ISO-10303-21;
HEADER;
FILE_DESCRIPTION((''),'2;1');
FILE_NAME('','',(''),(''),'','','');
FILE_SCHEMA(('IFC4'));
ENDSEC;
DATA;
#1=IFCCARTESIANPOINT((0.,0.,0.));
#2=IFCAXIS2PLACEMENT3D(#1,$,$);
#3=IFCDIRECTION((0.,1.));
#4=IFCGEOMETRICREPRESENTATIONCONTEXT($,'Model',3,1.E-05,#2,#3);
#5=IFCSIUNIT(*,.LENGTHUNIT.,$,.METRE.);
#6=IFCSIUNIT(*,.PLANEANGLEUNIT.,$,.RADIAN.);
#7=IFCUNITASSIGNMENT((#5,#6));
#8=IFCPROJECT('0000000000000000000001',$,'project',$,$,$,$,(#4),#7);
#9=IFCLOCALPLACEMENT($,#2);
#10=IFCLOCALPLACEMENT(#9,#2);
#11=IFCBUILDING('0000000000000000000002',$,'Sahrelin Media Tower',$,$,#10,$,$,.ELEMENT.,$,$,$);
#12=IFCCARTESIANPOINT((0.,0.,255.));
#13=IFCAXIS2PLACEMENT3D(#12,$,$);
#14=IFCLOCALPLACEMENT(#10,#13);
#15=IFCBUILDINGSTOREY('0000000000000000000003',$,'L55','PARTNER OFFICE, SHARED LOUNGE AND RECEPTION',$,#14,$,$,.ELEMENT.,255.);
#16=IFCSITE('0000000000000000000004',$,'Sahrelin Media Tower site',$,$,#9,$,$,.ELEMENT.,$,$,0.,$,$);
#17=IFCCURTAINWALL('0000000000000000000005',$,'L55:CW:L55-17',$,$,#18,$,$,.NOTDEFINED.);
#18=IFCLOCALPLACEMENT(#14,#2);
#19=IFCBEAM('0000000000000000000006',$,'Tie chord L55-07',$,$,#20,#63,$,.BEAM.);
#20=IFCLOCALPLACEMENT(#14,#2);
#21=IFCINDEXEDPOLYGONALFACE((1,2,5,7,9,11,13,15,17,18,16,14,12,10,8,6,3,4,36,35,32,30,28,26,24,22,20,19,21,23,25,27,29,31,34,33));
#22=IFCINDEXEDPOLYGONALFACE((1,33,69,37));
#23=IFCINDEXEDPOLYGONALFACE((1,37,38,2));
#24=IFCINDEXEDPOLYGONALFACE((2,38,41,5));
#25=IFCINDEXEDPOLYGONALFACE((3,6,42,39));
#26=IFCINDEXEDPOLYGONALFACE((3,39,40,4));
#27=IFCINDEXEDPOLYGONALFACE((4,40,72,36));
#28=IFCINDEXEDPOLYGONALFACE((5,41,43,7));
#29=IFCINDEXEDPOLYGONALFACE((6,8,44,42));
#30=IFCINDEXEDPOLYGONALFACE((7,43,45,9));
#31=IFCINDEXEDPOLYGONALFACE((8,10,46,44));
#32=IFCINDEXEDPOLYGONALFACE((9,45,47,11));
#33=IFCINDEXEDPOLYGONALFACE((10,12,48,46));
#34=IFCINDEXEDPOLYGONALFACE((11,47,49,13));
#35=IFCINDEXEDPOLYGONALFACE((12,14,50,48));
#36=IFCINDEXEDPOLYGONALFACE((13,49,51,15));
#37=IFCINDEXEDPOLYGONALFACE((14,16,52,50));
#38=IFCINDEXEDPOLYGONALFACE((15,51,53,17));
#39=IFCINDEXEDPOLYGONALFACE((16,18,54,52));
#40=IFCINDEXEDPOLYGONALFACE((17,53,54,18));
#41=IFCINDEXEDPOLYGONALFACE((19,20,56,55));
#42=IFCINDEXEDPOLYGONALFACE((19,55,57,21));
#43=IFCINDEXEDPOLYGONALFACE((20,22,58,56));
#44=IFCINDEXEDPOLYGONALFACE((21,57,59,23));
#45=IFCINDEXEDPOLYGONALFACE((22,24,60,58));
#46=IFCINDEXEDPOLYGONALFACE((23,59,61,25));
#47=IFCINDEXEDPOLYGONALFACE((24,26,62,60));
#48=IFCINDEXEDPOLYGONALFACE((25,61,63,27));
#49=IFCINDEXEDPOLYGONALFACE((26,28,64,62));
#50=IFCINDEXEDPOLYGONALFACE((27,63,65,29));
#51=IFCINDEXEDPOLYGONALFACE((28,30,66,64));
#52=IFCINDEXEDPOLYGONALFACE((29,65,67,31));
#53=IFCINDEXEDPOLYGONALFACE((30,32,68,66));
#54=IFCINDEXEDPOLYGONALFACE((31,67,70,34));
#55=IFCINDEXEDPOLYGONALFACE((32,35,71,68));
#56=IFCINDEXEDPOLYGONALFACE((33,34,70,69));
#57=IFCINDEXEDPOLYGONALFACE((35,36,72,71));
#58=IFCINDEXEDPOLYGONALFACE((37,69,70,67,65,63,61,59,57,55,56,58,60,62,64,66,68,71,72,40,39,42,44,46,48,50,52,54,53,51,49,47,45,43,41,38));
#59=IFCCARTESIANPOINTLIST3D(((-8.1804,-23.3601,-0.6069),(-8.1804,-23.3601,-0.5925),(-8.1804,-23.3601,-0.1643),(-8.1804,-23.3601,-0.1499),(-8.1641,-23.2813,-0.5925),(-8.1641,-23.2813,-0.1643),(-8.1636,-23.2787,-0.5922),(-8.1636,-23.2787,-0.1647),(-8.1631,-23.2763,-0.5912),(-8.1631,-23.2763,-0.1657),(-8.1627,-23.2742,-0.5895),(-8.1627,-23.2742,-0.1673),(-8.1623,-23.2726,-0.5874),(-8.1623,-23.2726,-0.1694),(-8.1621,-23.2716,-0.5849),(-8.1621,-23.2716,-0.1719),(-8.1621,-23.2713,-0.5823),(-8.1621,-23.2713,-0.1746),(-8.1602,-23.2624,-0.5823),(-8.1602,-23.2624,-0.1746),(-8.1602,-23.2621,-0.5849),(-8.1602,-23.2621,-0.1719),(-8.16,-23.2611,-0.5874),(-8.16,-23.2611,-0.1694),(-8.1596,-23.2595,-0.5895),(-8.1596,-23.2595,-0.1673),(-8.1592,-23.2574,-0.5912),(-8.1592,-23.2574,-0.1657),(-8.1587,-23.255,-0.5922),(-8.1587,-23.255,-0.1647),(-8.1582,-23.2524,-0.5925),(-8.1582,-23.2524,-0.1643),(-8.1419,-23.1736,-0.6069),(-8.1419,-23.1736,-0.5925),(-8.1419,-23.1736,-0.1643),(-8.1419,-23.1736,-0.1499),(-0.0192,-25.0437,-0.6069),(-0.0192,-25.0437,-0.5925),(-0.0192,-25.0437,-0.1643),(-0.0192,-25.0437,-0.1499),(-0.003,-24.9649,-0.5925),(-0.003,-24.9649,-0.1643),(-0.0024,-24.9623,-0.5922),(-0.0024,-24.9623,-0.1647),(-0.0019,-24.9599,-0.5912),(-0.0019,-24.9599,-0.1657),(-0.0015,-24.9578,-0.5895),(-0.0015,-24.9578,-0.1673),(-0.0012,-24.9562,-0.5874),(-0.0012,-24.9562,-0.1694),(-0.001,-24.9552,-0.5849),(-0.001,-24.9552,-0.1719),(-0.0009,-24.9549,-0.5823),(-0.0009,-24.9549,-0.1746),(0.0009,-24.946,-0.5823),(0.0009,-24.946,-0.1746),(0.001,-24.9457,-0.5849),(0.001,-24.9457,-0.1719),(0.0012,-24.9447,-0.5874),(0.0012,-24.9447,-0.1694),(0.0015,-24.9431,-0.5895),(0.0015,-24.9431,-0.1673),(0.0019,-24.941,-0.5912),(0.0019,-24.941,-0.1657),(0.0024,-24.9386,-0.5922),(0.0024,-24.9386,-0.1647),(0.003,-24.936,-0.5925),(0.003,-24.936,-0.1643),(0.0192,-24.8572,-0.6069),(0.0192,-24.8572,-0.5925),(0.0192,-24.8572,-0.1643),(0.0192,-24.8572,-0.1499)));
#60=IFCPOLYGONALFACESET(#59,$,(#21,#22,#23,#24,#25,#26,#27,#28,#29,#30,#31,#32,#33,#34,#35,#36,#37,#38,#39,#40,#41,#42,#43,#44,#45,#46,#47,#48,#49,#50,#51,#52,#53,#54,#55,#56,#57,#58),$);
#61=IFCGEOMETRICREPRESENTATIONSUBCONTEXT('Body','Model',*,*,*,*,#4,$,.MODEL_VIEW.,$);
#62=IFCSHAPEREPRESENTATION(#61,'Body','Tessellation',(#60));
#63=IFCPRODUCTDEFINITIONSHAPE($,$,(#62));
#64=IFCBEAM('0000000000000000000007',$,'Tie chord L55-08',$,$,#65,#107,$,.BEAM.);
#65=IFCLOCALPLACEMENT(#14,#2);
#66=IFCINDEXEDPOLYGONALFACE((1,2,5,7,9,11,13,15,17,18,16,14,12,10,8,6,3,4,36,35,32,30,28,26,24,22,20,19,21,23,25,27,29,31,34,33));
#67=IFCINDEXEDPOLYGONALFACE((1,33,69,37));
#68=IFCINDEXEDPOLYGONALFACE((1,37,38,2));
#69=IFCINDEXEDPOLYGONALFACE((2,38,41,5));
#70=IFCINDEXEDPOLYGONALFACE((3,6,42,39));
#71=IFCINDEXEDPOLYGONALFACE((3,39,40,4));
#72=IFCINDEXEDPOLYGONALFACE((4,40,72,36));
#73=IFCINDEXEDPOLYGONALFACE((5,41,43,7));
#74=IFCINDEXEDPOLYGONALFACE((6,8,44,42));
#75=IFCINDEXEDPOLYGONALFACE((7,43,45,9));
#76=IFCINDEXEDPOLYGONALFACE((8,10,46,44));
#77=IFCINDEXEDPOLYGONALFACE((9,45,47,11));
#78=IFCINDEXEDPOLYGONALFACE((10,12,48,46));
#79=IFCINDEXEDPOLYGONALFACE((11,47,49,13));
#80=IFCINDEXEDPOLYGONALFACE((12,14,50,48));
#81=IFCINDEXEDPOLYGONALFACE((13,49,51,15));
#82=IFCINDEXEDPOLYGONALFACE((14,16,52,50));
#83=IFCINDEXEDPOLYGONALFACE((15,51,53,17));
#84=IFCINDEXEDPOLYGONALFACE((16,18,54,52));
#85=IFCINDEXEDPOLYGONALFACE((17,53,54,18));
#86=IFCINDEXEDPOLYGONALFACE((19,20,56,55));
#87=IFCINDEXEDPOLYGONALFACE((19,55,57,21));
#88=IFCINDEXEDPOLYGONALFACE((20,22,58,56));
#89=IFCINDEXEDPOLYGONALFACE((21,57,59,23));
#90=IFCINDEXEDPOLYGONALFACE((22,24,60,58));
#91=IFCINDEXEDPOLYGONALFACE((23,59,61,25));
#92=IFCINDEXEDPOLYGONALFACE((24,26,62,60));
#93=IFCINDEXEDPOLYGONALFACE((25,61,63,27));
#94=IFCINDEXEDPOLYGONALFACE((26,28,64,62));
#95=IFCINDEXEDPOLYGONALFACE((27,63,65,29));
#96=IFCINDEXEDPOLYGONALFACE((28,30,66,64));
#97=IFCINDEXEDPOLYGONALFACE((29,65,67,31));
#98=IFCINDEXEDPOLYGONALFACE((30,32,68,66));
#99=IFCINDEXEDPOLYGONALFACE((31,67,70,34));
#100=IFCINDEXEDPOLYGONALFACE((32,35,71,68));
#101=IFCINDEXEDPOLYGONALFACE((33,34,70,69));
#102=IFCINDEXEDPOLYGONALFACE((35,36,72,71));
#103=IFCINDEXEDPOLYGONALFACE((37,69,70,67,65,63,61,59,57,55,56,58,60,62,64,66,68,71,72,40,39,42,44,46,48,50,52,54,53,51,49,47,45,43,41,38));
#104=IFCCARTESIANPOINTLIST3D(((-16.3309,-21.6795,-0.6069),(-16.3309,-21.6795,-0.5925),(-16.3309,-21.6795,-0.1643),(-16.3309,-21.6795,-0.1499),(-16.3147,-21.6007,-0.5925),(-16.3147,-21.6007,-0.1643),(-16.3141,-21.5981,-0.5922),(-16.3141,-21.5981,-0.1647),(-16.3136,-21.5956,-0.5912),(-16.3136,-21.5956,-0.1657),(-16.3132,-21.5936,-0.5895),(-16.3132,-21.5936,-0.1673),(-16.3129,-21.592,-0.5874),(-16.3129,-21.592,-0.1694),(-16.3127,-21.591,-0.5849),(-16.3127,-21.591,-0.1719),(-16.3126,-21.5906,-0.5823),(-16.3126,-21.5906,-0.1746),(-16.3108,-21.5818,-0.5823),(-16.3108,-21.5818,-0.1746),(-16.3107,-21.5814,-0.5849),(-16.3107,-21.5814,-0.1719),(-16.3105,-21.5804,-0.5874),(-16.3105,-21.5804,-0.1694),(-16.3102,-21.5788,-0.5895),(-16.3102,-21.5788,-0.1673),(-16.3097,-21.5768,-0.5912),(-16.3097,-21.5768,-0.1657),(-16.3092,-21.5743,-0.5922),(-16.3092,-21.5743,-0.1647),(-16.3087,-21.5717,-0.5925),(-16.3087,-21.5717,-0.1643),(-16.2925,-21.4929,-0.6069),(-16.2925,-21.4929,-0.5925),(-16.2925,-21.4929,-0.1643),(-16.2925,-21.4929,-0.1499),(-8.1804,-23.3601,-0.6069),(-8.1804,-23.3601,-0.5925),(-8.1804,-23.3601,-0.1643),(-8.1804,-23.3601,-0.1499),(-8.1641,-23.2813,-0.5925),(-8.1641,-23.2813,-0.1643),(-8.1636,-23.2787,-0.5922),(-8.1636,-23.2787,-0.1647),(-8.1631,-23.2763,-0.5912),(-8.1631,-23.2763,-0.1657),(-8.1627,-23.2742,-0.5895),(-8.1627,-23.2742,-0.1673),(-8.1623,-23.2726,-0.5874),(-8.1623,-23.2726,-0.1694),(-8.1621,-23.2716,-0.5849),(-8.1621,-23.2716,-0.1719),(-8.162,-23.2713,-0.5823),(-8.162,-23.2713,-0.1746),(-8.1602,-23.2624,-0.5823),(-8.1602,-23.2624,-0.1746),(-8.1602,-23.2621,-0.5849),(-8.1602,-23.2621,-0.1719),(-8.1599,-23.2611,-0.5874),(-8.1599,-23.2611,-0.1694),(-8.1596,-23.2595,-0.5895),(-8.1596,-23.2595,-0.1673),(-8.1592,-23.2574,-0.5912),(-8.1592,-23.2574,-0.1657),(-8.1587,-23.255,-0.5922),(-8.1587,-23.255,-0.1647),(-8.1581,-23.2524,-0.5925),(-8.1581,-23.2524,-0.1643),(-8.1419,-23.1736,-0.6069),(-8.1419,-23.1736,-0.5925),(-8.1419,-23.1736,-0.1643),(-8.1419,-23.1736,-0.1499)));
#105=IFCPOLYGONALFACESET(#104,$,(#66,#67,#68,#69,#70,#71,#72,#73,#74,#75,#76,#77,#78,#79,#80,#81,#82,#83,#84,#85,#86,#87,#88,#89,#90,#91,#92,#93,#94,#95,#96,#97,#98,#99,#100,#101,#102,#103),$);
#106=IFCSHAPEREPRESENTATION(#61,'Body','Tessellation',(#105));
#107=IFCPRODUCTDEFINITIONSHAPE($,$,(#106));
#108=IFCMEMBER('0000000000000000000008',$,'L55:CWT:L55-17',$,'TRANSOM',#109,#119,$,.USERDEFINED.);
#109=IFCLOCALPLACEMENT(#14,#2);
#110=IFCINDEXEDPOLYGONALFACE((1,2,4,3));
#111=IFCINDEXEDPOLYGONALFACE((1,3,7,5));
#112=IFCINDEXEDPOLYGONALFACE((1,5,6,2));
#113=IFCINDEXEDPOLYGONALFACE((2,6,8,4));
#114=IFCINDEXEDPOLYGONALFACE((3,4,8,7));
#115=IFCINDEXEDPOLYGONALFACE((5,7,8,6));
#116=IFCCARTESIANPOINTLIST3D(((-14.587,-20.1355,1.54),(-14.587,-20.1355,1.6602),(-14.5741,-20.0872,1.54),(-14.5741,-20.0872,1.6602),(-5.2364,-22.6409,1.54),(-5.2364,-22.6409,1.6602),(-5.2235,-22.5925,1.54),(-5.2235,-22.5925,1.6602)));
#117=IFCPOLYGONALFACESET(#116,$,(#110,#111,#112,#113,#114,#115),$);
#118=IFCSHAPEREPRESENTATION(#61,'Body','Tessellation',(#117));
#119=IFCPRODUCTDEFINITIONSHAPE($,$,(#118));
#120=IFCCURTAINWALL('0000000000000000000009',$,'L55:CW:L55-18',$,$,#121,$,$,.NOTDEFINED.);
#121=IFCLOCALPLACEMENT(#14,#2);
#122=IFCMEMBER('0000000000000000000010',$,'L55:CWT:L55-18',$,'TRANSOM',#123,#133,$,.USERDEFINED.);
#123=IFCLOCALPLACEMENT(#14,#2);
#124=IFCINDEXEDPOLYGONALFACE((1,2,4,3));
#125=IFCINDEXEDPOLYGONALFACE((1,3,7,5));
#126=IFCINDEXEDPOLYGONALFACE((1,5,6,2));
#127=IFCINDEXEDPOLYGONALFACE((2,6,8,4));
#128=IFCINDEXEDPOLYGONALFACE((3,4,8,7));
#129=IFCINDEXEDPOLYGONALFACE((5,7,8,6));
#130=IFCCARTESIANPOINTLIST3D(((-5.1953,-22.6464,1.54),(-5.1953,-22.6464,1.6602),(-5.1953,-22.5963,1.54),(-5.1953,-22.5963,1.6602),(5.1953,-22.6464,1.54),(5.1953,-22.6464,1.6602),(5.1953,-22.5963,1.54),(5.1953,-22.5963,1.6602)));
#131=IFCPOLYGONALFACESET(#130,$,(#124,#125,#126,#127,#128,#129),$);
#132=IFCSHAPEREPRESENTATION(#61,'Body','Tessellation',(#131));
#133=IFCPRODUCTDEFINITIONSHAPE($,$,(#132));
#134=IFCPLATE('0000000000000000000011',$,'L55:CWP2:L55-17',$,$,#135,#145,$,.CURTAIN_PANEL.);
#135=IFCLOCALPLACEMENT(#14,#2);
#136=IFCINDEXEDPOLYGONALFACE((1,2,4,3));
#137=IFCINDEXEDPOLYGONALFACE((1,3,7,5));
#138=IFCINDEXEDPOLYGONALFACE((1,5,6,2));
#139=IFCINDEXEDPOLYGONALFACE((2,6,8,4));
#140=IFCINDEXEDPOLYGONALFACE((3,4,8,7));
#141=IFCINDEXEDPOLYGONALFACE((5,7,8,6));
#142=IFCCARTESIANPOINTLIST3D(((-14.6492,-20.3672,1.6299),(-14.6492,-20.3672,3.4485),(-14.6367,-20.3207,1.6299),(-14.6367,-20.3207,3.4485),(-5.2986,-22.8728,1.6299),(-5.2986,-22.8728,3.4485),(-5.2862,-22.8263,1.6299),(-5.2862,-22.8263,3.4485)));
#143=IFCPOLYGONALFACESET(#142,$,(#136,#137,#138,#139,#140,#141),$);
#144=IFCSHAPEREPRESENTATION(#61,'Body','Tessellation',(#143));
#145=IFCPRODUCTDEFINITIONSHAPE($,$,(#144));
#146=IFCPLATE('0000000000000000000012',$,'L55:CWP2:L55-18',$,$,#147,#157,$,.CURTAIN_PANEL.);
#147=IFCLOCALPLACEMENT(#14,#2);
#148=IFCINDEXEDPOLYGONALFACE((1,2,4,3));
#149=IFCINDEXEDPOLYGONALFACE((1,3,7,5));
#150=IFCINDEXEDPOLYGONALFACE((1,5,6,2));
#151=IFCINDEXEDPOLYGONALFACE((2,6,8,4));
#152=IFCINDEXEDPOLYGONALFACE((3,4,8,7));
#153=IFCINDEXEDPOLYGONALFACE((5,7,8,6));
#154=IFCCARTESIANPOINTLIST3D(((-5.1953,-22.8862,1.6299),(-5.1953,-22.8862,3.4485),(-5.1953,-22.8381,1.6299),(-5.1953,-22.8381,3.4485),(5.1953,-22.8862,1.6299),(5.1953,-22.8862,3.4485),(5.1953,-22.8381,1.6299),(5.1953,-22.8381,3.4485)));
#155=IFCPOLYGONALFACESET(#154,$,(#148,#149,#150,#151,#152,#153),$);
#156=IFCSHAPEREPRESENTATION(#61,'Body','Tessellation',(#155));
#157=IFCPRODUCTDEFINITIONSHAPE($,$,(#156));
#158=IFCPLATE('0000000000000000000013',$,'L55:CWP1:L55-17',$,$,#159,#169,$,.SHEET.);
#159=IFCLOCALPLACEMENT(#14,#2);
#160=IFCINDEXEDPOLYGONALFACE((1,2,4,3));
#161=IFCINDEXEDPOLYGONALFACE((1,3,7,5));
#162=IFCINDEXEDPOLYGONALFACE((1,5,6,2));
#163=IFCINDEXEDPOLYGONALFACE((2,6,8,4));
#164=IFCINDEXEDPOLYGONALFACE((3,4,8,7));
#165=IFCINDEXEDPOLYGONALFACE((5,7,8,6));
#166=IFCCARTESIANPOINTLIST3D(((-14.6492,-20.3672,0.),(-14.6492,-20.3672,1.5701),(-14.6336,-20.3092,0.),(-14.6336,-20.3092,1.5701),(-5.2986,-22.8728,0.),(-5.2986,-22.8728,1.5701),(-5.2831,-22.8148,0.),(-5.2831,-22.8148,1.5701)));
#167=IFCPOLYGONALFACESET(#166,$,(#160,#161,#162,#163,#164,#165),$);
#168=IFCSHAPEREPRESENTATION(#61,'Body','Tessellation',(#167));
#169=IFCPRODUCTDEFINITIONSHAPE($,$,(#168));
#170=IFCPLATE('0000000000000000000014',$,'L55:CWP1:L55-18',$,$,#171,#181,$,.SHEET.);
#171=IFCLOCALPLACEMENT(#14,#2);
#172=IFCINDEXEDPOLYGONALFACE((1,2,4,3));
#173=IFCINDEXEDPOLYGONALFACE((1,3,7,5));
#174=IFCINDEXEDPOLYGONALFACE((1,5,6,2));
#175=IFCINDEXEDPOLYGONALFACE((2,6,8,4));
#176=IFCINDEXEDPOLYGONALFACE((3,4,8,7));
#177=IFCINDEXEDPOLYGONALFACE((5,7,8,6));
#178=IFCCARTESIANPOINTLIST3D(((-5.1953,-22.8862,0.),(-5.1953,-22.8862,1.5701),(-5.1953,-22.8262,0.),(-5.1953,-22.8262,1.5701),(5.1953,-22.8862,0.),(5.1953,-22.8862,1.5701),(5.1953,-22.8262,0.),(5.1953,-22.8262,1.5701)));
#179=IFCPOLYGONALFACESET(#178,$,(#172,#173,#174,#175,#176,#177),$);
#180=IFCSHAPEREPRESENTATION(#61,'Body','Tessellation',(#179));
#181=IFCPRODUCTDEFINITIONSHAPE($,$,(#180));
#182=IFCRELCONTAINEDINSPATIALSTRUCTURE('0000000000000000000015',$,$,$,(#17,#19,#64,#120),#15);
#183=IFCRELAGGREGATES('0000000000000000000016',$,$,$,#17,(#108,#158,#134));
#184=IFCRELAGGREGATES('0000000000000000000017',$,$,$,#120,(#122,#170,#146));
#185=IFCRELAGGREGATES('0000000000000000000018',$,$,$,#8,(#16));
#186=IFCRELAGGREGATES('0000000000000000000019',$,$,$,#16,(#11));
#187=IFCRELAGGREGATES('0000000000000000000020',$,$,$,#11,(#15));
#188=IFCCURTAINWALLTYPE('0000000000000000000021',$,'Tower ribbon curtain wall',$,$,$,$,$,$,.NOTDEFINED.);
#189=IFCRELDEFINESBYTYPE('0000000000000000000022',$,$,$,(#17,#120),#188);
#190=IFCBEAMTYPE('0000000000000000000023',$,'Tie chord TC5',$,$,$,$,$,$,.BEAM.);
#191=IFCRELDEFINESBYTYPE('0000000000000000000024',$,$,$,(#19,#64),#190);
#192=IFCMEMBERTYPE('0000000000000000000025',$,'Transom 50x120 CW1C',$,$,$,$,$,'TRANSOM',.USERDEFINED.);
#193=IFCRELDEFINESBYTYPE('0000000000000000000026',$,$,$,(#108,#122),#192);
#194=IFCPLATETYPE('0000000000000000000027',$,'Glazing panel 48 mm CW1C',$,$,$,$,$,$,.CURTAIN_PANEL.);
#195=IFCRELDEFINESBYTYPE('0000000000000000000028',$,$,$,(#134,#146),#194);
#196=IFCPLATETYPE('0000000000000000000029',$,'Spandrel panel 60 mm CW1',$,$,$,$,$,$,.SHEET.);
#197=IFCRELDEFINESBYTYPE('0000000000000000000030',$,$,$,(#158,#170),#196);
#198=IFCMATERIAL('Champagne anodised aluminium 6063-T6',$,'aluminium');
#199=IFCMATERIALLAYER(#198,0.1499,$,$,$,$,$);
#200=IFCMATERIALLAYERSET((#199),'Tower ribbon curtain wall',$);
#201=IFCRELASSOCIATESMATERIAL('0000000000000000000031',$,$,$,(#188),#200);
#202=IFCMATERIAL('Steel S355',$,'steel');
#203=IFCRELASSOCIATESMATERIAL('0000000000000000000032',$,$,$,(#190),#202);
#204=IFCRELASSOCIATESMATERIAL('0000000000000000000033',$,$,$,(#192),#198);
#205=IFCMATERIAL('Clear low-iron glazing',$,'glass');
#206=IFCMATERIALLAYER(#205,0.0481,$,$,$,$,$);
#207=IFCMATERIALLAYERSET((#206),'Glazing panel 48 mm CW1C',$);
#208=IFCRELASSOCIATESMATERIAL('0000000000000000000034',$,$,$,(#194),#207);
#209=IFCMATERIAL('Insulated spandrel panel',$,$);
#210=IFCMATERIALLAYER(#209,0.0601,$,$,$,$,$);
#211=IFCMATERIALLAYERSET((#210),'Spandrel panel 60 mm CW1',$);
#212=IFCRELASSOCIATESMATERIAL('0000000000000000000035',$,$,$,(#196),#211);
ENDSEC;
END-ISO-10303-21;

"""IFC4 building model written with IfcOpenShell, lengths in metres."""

from ifc_helpers import new_model, si_unit, direction, frame, origin, origin_2d, place, context, subcontext, project, spatial, polyline, rectangle, i_section, outline, extrude, material, layer, layer_set, material_profile, profile_set, type_object, element, aggregate, save


model = new_model("IFC4")

# Units and contexts
model_context = context("Model", 3, precision=1e-05, world=origin(), true_north=direction((0.0, 1.0)))
body_context = subcontext(model_context, "Body", "Model", "MODEL_VIEW")
ifc_project = project(units=[si_unit("LENGTHUNIT", "METRE"), si_unit("PLANEANGLEUNIT", "RADIAN")], contexts=[model_context])

# Site, building, storey
site_placement = place(None, origin())
site = spatial("IfcSite", under=ifc_project, at=site_placement, Name="Sahrelin Media Tower site", CompositionType="ELEMENT", RefElevation=0.0)
building_placement = place(site_placement, origin())
building = spatial("IfcBuilding", under=site, at=building_placement, Name="Sahrelin Media Tower", CompositionType="ELEMENT")
storey_placement = place(building_placement, frame((0.0, 0.0, 255.0)))
storey = spatial("IfcBuildingStorey", under=building, at=storey_placement, Name="L55", Description="PARTNER OFFICE, SHARED LOUNGE AND RECEPTION", CompositionType="ELEMENT", Elevation=255.0)

# Shared definitions
ifc_material_1 = material(Name="Steel S355", Category="steel")

# Curtain wall
ifc_material_2 = material(Name="Champagne anodised aluminium 6063-T6", Category="aluminium")
ifc_layer_1 = layer(ifc_material_2, 0.1499)
ifc_layer_set_1 = layer_set([ifc_layer_1], Name="Tower ribbon curtain wall")
curtain_wall_type = type_object("IfcCurtainWallType", Name="Tower ribbon curtain wall", PredefinedType="NOTDEFINED", material=ifc_layer_set_1)
curtain_wall_1_placement = place(storey_placement, frame((-9.9688, -21.6006, 0.0), z_axis=(0.0, 0.0, 1.0), x_axis=(1.0, 0.0, 0.0)))
curtain_wall_1 = element("IfcCurtainWall", 1, at=curtain_wall_1_placement, inside=storey, type_object=curtain_wall_type, Name="L55:CW:L55-17", PredefinedType="NOTDEFINED")

# Beams
ifc_material_profile_1 = material_profile(ifc_material_1, i_section(OverallWidth=0.1904, OverallDepth=0.457, WebThickness=0.009, FlangeThickness=0.0144, FilletRadius=0.0103, at=origin_2d()), Name="UB 457x191x74")
ifc_profile_set_1 = profile_set([ifc_material_profile_1], Name="Steel S355")
beam_type_1 = type_object("IfcBeamType", Name="Tie chord TC5", PredefinedType="BEAM", material=ifc_profile_set_1)
beam_1_placement = place(storey_placement, frame((0.0, -24.9504, -0.3784), z_axis=(-0.979377, 0.20204, 0.0), x_axis=(-0.20204, -0.979377, 0.0)))
element("IfcBeam", 2, at=beam_1_placement, inside=storey, type_object=beam_type_1, Name="Tie chord L55-07", PredefinedType="BEAM", context=body_context, shape_type="SweptSolid", body=[
    extrude(i_section(OverallWidth=0.1904, OverallDepth=0.457, WebThickness=0.009, FlangeThickness=0.0144, FilletRadius=0.0103, at=origin_2d()), origin(), (0.0, 0.0, 1.0), 8.333),
])
beam_2_placement = place(storey_placement, frame((-8.1611, -23.2668, -0.3784), z_axis=(-0.979395, 0.201952, 0.0), x_axis=(-0.201952, -0.979395, 0.0)))
element("IfcBeam", 3, at=beam_2_placement, inside=storey, type_object=beam_type_1, Name="Tie chord L55-08", PredefinedType="BEAM", context=body_context, shape_type="SweptSolid", body=[
    extrude(i_section(OverallWidth=0.1904, OverallDepth=0.457, WebThickness=0.009, FlangeThickness=0.0144, FilletRadius=0.0103, at=origin_2d()), origin(), (0.0, 0.0, 1.0), 8.322),
])

# Member
ifc_material_profile_2 = material_profile(ifc_material_2, rectangle(XDim=0.05, YDim=0.1201, at=origin_2d()), Name="Transom 50x120")
ifc_profile_set_2 = profile_set([ifc_material_profile_2], Name="Champagne anodised aluminium 6063-T6")
member_type_1 = type_object("IfcMemberType", Name="Transom 50x120 CW1C", ElementType="TRANSOM", PredefinedType="USERDEFINED", material=ifc_profile_set_2)
member_1_placement = place(storey_placement, frame((-14.5806, -20.1113, 1.6001), z_axis=(0.965929, -0.258808, 0.0), x_axis=(0.258808, 0.965929, 0.0)))
member_1 = element("IfcMember", 4, at=member_1_placement, type_object=member_type_1, Name="L55:CWT:L55-17", ObjectType="TRANSOM", PredefinedType="USERDEFINED", context=body_context, shape_type="SweptSolid", body=[
    extrude(rectangle(XDim=0.05, YDim=0.1201, at=origin_2d()), origin(), (0.0, 0.0, 1.0), 9.6804),
])

# Curtain wall, member
curtain_wall_2_placement = place(storey_placement, frame((0.0, -22.8662, 0.0), z_axis=(0.0, 0.0, 1.0), x_axis=(1.0, 0.0, 0.0)))
curtain_wall_2 = element("IfcCurtainWall", 5, at=curtain_wall_2_placement, inside=storey, type_object=curtain_wall_type, Name="L55:CW:L55-18", PredefinedType="NOTDEFINED")
member_2_placement = place(storey_placement, frame((-5.1953, -22.6213, 1.6001), z_axis=(1.0, 0.0, 0.0), x_axis=(0.0, 1.0, 0.0)))
member_2 = element("IfcMember", 6, at=member_2_placement, type_object=member_type_1, Name="L55:CWT:L55-18", ObjectType="TRANSOM", PredefinedType="USERDEFINED", context=body_context, shape_type="SweptSolid", body=[
    extrude(rectangle(XDim=0.05, YDim=0.1201, at=origin_2d()), origin(), (0.0, 0.0, 1.0), 10.3906),
])

# Plates
ifc_material_3 = material(Name="Clear low-iron glazing", Category="glass")
ifc_layer_2 = layer(ifc_material_3, 0.0481)
ifc_layer_set_2 = layer_set([ifc_layer_2], Name="Glazing panel 48 mm CW1C")
plate_type_1 = type_object("IfcPlateType", Name="Glazing panel 48 mm CW1C", PredefinedType="CURTAIN_PANEL", material=ifc_layer_set_2)
plate_1_placement = place(storey_placement, frame((-14.6492, -20.3672, 1.6299), z_axis=(-0.258832, -0.965922, 0.0), x_axis=(0.965922, -0.258832, 0.0)))
plate_1 = element("IfcPlate", 7, at=plate_1_placement, type_object=plate_type_1, Name="L55:CWP2:L55-17", PredefinedType="CURTAIN_PANEL", context=body_context, shape_type="SweptSolid", body=[
    extrude(outline(polyline([(0.0, 0.0), (9.6804, 0.0), (9.6804, 1.8186), (0.0, 1.8186), (0.0, 0.0)])), origin(), (0.0, 0.0, -1.0), 0.0481),
])
plate_2_placement = place(storey_placement, frame((-5.1953, -22.8862, 1.6299), z_axis=(0.0, -1.0, 0.0), x_axis=(1.0, 0.0, 0.0)))
plate_2 = element("IfcPlate", 8, at=plate_2_placement, type_object=plate_type_1, Name="L55:CWP2:L55-18", PredefinedType="CURTAIN_PANEL", context=body_context, shape_type="SweptSolid", body=[
    extrude(outline(polyline([(0.0, 0.0), (10.3906, 0.0), (10.3906, 1.8186), (0.0, 1.8186), (0.0, 0.0)])), origin(), (0.0, 0.0, -1.0), 0.0481),
])
ifc_material_4 = material(Name="Insulated spandrel panel")
ifc_layer_3 = layer(ifc_material_4, 0.0601)
ifc_layer_set_3 = layer_set([ifc_layer_3], Name="Spandrel panel 60 mm CW1")
plate_type_2 = type_object("IfcPlateType", Name="Spandrel panel 60 mm CW1", PredefinedType="SHEET", material=ifc_layer_set_3)
plate_3_placement = place(storey_placement, frame((-14.6492, -20.3672, 0.0), z_axis=(-0.258832, -0.965922, 0.0), x_axis=(0.965922, -0.258832, 0.0)))
plate_3 = element("IfcPlate", 9, at=plate_3_placement, type_object=plate_type_2, Name="L55:CWP1:L55-17", PredefinedType="SHEET", context=body_context, shape_type="SweptSolid", body=[
    extrude(outline(polyline([(0.0, 0.0), (9.6804, 0.0), (9.6804, 1.5701), (0.0, 1.5701), (0.0, 0.0)])), origin(), (0.0, 0.0, -1.0), 0.0601),
])
aggregate(curtain_wall_1, [member_1, plate_3, plate_1])
plate_4_placement = place(storey_placement, frame((-5.1953, -22.8862, 0.0), z_axis=(0.0, -1.0, 0.0), x_axis=(1.0, 0.0, 0.0)))
plate_4 = element("IfcPlate", 10, at=plate_4_placement, type_object=plate_type_2, Name="L55:CWP1:L55-18", PredefinedType="SHEET", context=body_context, shape_type="SweptSolid", body=[
    extrude(outline(polyline([(0.0, 0.0), (10.3906, 0.0), (10.3906, 1.5701), (0.0, 1.5701), (0.0, 0.0)])), origin(), (0.0, 0.0, -1.0), 0.0601),
])
aggregate(curtain_wall_2, [member_2, plate_4, plate_2])

save(model, "model.ifc")
